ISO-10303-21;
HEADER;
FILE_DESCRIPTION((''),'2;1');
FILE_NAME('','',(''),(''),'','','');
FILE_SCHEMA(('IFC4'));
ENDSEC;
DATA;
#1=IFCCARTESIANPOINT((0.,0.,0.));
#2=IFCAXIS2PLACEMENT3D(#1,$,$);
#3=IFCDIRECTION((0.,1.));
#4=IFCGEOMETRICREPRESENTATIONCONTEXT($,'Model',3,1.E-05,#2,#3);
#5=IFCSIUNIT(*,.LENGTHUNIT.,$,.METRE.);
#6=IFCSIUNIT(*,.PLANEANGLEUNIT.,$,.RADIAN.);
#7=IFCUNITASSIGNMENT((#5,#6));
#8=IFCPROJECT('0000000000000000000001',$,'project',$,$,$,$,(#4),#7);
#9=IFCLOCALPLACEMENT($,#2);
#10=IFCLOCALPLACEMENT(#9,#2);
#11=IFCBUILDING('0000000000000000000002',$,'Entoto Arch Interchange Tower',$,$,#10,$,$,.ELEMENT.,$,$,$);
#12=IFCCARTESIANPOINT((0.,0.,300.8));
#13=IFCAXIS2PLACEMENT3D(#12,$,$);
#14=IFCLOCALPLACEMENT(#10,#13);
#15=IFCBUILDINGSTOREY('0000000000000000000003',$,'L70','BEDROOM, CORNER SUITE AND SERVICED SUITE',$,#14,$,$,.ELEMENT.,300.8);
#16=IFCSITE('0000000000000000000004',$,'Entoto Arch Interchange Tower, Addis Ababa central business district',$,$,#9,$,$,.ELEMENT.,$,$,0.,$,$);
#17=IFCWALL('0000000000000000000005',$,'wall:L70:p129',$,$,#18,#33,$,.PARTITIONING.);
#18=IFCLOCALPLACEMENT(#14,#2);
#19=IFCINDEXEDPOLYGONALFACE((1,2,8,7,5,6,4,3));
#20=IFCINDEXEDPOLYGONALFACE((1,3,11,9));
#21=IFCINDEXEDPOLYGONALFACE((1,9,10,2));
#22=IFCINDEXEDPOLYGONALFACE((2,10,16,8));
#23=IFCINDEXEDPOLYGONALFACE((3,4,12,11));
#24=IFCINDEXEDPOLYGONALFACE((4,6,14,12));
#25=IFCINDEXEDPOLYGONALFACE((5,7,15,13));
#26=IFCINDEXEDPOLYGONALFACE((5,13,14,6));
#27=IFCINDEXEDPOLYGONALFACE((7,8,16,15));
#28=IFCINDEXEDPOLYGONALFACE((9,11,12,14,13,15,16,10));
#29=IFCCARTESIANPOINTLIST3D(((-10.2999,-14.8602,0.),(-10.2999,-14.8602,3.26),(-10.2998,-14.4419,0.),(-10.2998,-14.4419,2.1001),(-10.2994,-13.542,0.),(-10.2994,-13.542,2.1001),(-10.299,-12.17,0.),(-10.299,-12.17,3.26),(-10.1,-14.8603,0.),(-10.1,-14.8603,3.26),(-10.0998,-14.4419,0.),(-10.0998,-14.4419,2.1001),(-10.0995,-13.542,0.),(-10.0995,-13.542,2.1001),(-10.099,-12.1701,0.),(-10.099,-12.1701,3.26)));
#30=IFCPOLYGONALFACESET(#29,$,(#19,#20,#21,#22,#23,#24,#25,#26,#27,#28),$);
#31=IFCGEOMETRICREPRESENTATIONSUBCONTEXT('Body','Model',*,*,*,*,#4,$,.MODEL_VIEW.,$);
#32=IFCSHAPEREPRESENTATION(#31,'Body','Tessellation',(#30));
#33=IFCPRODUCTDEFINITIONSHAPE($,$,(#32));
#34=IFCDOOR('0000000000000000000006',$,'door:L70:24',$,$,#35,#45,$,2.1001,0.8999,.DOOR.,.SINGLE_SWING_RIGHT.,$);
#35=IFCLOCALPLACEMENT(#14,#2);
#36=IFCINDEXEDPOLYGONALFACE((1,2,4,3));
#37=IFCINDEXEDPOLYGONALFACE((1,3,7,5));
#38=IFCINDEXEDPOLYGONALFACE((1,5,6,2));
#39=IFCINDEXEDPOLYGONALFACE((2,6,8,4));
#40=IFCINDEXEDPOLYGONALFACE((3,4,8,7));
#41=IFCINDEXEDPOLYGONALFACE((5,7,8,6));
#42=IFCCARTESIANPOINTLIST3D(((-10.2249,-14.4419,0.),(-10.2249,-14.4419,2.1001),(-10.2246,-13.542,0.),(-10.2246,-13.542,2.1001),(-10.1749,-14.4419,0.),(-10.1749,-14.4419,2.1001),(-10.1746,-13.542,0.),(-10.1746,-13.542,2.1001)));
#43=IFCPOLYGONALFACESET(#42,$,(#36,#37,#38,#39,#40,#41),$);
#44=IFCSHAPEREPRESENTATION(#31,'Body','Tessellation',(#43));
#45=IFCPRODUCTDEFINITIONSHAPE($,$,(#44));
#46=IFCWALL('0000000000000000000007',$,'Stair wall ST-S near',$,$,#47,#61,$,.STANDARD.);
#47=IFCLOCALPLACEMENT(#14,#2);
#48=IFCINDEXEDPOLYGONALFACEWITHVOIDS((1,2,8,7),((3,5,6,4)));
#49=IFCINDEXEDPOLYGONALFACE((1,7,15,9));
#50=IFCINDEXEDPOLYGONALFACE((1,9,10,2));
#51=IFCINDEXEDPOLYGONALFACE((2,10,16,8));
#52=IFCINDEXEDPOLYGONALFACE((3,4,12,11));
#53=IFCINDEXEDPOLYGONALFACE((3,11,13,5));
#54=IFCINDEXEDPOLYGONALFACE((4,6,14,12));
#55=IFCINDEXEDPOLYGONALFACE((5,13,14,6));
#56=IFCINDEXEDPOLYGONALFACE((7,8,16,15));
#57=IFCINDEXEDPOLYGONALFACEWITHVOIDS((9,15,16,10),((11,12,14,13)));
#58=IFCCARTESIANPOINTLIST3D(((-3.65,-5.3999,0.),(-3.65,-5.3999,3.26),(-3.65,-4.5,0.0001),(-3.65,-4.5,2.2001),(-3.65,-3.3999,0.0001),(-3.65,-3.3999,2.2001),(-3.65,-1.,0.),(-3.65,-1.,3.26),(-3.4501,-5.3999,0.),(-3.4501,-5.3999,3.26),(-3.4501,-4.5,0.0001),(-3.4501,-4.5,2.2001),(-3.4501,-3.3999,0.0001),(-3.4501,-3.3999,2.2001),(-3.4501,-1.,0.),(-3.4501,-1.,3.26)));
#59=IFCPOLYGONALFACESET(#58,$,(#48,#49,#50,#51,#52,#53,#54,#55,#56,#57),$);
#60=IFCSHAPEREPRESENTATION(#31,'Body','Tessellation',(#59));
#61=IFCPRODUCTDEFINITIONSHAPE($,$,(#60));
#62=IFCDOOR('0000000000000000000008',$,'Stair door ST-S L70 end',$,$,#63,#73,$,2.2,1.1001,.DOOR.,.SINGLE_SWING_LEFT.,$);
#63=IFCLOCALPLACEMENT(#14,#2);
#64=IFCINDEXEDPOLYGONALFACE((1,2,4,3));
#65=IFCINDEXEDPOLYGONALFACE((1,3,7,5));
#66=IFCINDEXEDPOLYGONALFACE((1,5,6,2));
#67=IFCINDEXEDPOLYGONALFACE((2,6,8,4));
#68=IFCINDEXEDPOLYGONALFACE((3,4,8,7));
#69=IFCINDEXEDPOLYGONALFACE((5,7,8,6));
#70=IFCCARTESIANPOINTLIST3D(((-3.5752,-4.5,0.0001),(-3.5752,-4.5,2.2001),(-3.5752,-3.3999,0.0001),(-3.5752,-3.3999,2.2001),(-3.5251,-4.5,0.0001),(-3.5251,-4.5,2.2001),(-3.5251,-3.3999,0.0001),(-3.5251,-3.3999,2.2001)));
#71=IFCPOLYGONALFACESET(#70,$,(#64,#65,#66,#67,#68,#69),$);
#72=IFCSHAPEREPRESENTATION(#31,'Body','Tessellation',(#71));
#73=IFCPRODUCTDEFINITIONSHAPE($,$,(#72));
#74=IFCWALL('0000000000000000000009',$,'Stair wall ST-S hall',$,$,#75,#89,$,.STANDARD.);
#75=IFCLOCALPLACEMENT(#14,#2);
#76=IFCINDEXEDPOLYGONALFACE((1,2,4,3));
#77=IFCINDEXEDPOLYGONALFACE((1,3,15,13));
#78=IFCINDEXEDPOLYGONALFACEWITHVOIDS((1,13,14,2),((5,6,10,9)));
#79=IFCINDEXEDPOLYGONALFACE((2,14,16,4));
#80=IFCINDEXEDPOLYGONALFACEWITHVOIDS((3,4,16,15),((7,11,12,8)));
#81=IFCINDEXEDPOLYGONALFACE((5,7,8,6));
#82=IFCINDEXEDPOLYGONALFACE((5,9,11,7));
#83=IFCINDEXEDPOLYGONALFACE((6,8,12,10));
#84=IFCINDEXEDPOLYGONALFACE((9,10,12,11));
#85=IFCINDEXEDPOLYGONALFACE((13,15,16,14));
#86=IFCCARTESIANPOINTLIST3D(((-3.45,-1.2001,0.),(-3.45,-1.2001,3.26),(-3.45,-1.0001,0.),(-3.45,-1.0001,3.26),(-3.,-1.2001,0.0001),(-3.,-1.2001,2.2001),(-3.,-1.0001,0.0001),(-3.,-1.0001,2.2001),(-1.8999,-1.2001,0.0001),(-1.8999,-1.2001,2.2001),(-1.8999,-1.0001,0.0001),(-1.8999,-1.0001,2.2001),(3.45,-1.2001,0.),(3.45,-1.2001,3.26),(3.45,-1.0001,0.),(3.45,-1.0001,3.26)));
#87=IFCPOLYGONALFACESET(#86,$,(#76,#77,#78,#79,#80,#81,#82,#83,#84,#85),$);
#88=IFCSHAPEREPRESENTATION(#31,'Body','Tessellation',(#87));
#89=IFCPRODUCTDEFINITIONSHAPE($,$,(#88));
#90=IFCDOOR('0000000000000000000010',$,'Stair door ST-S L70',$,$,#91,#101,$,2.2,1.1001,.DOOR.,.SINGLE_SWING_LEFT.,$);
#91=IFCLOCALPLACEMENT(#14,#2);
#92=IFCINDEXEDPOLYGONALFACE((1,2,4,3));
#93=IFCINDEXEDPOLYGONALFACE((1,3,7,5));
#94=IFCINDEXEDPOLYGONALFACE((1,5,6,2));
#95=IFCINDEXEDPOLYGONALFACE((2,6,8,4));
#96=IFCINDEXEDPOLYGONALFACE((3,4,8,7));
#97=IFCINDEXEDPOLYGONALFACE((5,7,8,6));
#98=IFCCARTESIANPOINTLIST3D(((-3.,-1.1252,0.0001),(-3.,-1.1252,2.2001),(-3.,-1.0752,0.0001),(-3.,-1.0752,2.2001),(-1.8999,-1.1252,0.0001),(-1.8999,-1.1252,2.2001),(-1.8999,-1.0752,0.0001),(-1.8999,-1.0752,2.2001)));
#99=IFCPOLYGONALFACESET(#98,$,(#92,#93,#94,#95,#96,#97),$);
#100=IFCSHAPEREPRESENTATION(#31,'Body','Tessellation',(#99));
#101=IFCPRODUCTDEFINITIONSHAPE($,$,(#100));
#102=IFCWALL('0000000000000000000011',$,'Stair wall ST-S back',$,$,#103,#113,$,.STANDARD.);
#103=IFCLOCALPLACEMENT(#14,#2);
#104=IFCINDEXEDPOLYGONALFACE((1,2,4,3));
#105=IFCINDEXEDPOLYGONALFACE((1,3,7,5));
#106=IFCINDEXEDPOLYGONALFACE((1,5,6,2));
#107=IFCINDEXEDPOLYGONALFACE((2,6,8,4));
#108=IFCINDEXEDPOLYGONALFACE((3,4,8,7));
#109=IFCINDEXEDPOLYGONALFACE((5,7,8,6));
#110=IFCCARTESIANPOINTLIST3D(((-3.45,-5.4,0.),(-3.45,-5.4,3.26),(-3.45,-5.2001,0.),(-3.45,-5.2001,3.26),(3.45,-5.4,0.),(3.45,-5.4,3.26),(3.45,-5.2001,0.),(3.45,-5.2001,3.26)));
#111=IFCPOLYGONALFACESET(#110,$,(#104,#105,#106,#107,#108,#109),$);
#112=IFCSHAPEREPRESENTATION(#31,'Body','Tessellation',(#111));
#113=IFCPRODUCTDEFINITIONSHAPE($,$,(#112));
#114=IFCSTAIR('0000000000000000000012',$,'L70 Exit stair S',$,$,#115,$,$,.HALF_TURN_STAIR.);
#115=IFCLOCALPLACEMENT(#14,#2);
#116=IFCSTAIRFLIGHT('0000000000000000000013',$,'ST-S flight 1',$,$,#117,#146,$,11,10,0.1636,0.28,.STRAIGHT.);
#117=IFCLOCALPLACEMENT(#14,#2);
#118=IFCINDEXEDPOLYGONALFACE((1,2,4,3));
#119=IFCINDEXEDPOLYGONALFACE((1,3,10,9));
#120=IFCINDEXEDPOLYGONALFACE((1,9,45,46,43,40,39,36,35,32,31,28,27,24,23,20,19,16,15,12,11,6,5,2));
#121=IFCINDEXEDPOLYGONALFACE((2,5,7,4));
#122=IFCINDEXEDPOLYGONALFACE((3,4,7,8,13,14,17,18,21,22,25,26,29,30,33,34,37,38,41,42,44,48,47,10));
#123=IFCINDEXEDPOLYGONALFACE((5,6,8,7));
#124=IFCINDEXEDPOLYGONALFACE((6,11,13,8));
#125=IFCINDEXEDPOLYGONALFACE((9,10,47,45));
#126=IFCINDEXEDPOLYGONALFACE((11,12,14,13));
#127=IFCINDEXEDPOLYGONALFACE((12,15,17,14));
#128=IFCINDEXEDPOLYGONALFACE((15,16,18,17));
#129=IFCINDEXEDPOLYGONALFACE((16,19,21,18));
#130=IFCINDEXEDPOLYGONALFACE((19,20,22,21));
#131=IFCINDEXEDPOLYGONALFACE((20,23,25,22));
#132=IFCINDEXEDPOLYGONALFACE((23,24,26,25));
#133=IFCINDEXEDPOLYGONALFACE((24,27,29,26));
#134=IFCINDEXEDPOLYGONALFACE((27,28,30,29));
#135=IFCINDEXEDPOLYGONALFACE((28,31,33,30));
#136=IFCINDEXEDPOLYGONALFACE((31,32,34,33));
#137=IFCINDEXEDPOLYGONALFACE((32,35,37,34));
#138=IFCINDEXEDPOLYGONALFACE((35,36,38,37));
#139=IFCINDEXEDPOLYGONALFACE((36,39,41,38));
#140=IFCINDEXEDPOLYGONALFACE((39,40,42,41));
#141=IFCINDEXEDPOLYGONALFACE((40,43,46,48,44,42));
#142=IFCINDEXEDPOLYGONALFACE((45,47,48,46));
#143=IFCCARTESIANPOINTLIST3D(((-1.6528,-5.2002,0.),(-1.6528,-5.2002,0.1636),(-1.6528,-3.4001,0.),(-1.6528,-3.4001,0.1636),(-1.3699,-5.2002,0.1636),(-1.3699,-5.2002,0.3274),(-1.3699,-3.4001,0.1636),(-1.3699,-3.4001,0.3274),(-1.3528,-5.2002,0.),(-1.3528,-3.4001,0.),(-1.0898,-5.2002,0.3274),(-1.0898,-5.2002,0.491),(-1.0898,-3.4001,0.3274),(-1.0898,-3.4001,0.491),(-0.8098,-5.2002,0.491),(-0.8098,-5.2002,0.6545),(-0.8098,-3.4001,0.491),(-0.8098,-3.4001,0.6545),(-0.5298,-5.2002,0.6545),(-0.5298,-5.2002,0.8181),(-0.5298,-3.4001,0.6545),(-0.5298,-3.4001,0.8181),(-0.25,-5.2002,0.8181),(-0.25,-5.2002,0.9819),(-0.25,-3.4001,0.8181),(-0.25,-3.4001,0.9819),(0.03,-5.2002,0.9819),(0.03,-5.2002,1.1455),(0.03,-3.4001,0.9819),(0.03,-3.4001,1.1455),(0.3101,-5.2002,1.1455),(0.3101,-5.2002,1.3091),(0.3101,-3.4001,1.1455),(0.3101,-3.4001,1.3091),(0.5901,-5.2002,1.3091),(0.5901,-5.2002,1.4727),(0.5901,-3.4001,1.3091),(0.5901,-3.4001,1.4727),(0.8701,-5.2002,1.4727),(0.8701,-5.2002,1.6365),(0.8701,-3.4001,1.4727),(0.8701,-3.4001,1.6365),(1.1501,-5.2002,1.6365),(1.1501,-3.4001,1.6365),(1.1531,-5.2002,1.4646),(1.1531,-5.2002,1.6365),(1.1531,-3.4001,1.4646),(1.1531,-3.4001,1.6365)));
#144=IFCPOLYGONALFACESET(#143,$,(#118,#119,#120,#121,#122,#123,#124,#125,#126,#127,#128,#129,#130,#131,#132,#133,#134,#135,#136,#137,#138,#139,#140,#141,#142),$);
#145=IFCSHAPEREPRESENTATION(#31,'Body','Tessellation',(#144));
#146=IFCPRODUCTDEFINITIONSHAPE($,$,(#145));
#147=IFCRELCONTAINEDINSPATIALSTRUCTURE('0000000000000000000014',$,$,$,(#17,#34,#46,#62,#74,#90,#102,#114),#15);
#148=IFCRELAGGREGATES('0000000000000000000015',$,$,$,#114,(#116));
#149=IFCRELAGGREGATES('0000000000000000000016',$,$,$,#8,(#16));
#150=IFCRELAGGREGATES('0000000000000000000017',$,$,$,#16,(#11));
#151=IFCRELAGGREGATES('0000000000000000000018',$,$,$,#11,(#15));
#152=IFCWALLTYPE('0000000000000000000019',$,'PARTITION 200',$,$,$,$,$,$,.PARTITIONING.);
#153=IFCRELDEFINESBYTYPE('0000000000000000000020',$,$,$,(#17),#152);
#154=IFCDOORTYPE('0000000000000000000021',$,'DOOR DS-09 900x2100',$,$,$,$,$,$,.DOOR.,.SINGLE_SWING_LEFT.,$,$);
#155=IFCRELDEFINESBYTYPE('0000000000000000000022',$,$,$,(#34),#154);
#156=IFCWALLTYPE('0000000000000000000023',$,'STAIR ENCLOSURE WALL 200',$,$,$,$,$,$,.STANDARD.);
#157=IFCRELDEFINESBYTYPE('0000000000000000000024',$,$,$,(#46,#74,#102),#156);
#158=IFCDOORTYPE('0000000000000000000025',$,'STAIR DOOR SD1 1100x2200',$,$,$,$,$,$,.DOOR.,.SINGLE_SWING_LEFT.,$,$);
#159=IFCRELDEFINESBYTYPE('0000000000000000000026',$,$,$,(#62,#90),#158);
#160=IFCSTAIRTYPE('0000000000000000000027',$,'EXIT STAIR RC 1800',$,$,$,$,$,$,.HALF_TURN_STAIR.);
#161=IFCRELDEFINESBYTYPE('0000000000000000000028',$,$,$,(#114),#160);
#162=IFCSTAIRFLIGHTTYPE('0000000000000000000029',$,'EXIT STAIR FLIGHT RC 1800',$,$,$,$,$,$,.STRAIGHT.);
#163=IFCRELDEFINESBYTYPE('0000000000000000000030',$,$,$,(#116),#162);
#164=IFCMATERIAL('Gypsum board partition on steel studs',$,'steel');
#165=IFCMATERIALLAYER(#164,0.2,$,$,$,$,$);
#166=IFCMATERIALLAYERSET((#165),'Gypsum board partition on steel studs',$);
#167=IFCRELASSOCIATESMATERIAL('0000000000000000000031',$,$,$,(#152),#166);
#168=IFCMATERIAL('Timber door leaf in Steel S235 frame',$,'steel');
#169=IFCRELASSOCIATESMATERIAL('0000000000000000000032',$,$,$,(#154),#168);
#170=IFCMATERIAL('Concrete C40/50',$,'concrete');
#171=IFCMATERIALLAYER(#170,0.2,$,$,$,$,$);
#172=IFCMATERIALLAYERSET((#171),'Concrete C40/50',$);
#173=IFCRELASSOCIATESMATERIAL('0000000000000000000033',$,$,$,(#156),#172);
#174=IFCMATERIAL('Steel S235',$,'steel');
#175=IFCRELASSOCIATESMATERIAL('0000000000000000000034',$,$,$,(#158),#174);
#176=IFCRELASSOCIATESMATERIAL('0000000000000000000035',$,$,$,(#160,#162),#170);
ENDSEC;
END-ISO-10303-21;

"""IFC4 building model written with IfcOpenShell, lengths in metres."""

from ifc_helpers import new_model, si_unit, direction, frame, frame_2d, origin, place, context, subcontext, project, spatial, polyline, rectangle, outline, extrude, material, layer, layer_set, type_object, element, fill, aggregate, save


model = new_model("IFC4")

# Units and contexts
model_context = context("Model", 3, precision=1e-05, world=origin(), true_north=direction((0.0, 1.0)))
body_context = subcontext(model_context, "Body", "Model", "MODEL_VIEW")
ifc_project = project(units=[si_unit("LENGTHUNIT", "METRE"), si_unit("PLANEANGLEUNIT", "RADIAN")], contexts=[model_context])

# Site, building, storey
site_placement = place(None, origin())
site = spatial("IfcSite", under=ifc_project, at=site_placement, Name="Entoto Arch Interchange Tower, Addis Ababa central business district", CompositionType="ELEMENT", RefElevation=0.0)
building_placement = place(site_placement, origin())
building = spatial("IfcBuilding", under=site, at=building_placement, Name="Entoto Arch Interchange Tower", CompositionType="ELEMENT")
storey_placement = place(building_placement, frame((0.0, 0.0, 300.8)))
storey = spatial("IfcBuildingStorey", under=building, at=storey_placement, Name="L70", Description="BEDROOM, CORNER SUITE AND SERVICED SUITE", CompositionType="ELEMENT", Elevation=300.8)

# Shared definitions
ifc_material_1 = material(Name="Concrete C40/50", Category="concrete")
ifc_material_2 = material(Name="Gypsum board partition on steel studs", Category="steel")
ifc_layer_1 = layer(ifc_material_2, 0.2)
ifc_layer_set_1 = layer_set([ifc_layer_1], Name="Gypsum board partition on steel studs")
wall_type_1 = type_object("IfcWallType", Name="PARTITION 200", PredefinedType="PARTITIONING", material=ifc_layer_set_1)

# Shared definitions
ifc_material_3 = material(Name="Timber door leaf in Steel S235 frame", Category="steel")

# Walls, openings, doors
wall_1_placement = place(storey_placement, frame((-10.199, -12.1699, 0.0), z_axis=(0.0, 0.0, 1.0), x_axis=(-0.000363, -1.0, 0.0)))
wall_1 = element("IfcWall", 1, at=wall_1_placement, inside=storey, type_object=wall_type_1, Name="wall:L70:p129", PredefinedType="PARTITIONING", context=body_context, shape_type="SweptSolid", body=[
    extrude(rectangle(XDim=2.6902, YDim=0.2, at=frame_2d((1.3452, 0.0))), origin(), (0.0, 0.0, 1.0), 3.26),
])
opening_1_placement = place(wall_1_placement, frame((1.3721, 0.0, 0.0)))
opening_1 = element("IfcOpeningElement", 2, at=opening_1_placement, cuts=wall_1, PredefinedType="OPENING", context=body_context, shape_type="SweptSolid", body=[
    extrude(rectangle(XDim=0.8999, YDim=2.1001, at=frame_2d((0.45, 1.05))), frame((0.0, 0.1099, 0.0), z_axis=(0.0, -1.0, 0.0), x_axis=(1.0, 0.0, 0.0)), (0.0, 0.0, 1.0), 0.22),
])
door_type_1 = type_object("IfcDoorType", Name="DOOR DS-09 900x2100", OperationType="SINGLE_SWING_LEFT", PredefinedType="DOOR", material=ifc_material_3)
door_1_placement = place(opening_1_placement, origin())
door_1 = element("IfcDoor", 3, at=door_1_placement, inside=storey, type_object=door_type_1, Name="door:L70:24", OperationType="SINGLE_SWING_RIGHT", OverallHeight=2.1001, OverallWidth=0.8999, PredefinedType="DOOR", context=body_context, shape_type="SweptSolid", body=[
    extrude(rectangle(XDim=0.8999, YDim=2.1001, at=frame_2d((0.45, 1.05))), frame((0.0, 0.0249, 0.0), z_axis=(0.0, -1.0, 0.0), x_axis=(1.0, 0.0, 0.0)), (0.0, 0.0, 1.0), 0.05),
])
fill(opening_1, door_1)
ifc_layer_2 = layer(ifc_material_1, 0.2)
ifc_layer_set_2 = layer_set([ifc_layer_2], Name="Concrete C40/50")
wall_type_2 = type_object("IfcWallType", Name="STAIR ENCLOSURE WALL 200", PredefinedType="STANDARD", material=ifc_layer_set_2)
wall_2_placement = place(storey_placement, frame((-3.55, -1.0, 0.0), z_axis=(0.0, 0.0, 1.0), x_axis=(0.0, -1.0, 0.0)))
wall_2 = element("IfcWall", 4, at=wall_2_placement, inside=storey, type_object=wall_type_2, Name="Stair wall ST-S near", PredefinedType="STANDARD", context=body_context, shape_type="SweptSolid", body=[
    extrude(rectangle(XDim=4.3999, YDim=0.2, at=frame_2d((2.2, 0.0))), origin(), (0.0, 0.0, 1.0), 3.26),
])
opening_2_placement = place(wall_2_placement, frame((2.3999, 0.0, 0.0)))
opening_2 = element("IfcOpeningElement", 5, at=opening_2_placement, cuts=wall_2, PredefinedType="OPENING", context=body_context, shape_type="SweptSolid", body=[
    extrude(rectangle(XDim=1.1001, YDim=2.2, at=frame_2d((0.55, 1.1001))), frame((0.0, 0.1099, 0.0), z_axis=(0.0, -1.0, 0.0), x_axis=(1.0, 0.0, 0.0)), (0.0, 0.0, 1.0), 0.22),
])
ifc_material_4 = material(Name="Steel S235", Category="steel")
door_type_2 = type_object("IfcDoorType", Name="STAIR DOOR SD1 1100x2200", OperationType="SINGLE_SWING_LEFT", PredefinedType="DOOR", material=ifc_material_4)
door_2_placement = place(opening_2_placement, origin())
door_2 = element("IfcDoor", 6, at=door_2_placement, inside=storey, type_object=door_type_2, Name="Stair door ST-S L70 end", OperationType="SINGLE_SWING_LEFT", OverallHeight=2.2, OverallWidth=1.1001, PredefinedType="DOOR", context=body_context, shape_type="SweptSolid", body=[
    extrude(rectangle(XDim=1.1001, YDim=2.2, at=frame_2d((0.55, 1.1001))), frame((0.0, 0.0249, 0.0), z_axis=(0.0, -1.0, 0.0), x_axis=(1.0, 0.0, 0.0)), (0.0, 0.0, 1.0), 0.05),
])
fill(opening_2, door_2)
wall_3_placement = place(storey_placement, frame((-3.45, -1.1001, 0.0), z_axis=(0.0, 0.0, 1.0), x_axis=(1.0, 0.0, 0.0)))
wall_3 = element("IfcWall", 7, at=wall_3_placement, inside=storey, type_object=wall_type_2, Name="Stair wall ST-S hall", PredefinedType="STANDARD", context=body_context, shape_type="SweptSolid", body=[
    extrude(rectangle(XDim=6.8999, YDim=0.2, at=frame_2d((3.45, 0.0))), origin(), (0.0, 0.0, 1.0), 3.26),
])
opening_3_placement = place(wall_3_placement, frame((0.45, 0.0, 0.0)))
opening_3 = element("IfcOpeningElement", 8, at=opening_3_placement, cuts=wall_3, PredefinedType="OPENING", context=body_context, shape_type="SweptSolid", body=[
    extrude(rectangle(XDim=1.1001, YDim=2.2, at=frame_2d((0.55, 1.1001))), frame((0.0, 0.1099, 0.0), z_axis=(0.0, -1.0, 0.0), x_axis=(1.0, 0.0, 0.0)), (0.0, 0.0, 1.0), 0.22),
])
door_3_placement = place(opening_3_placement, origin())
door_3 = element("IfcDoor", 9, at=door_3_placement, inside=storey, type_object=door_type_2, Name="Stair door ST-S L70", OperationType="SINGLE_SWING_LEFT", OverallHeight=2.2, OverallWidth=1.1001, PredefinedType="DOOR", context=body_context, shape_type="SweptSolid", body=[
    extrude(rectangle(XDim=1.1001, YDim=2.2, at=frame_2d((0.55, 1.1001))), frame((0.0, 0.0249, 0.0), z_axis=(0.0, -1.0, 0.0), x_axis=(1.0, 0.0, 0.0)), (0.0, 0.0, 1.0), 0.05),
])
fill(opening_3, door_3)

# Wall
wall_4_placement = place(storey_placement, frame((-3.45, -5.3, 0.0), z_axis=(0.0, 0.0, 1.0), x_axis=(1.0, 0.0, 0.0)))
element("IfcWall", 10, at=wall_4_placement, inside=storey, type_object=wall_type_2, Name="Stair wall ST-S back", PredefinedType="STANDARD", context=body_context, shape_type="SweptSolid", body=[
    extrude(rectangle(XDim=6.8999, YDim=0.2, at=frame_2d((3.45, 0.0))), origin(), (0.0, 0.0, 1.0), 3.26),
])

# Stair, stair flight
stair_type = type_object("IfcStairType", Name="EXIT STAIR RC 1800", PredefinedType="HALF_TURN_STAIR", material=ifc_material_1)
stair_placement = place(storey_placement, origin())
stair = element("IfcStair", 11, at=stair_placement, inside=storey, type_object=stair_type, Name="L70 Exit stair S", PredefinedType="HALF_TURN_STAIR")
stair_flight_type = type_object("IfcStairFlightType", Name="EXIT STAIR FLIGHT RC 1800", PredefinedType="STRAIGHT", material=ifc_material_1)
stair_flight_placement = place(storey_placement, frame((-1.6499, -4.3, 0.0), z_axis=(0.0, 0.0, 1.0), x_axis=(1.0, 0.0, 0.0)))
stair_flight = element("IfcStairFlight", 12, at=stair_flight_placement, type_object=stair_flight_type, Name="ST-S flight 1", NumberOfRisers=11, NumberOfTreads=10, PredefinedType="STRAIGHT", RiserHeight=0.1636, TreadLength=0.28, context=body_context, shape_type="SweptSolid", body=[
    extrude(outline(polyline([(-0.0029, 0.0), (-0.0029, 0.1636), (0.28, 0.1636), (0.28, 0.3274), (0.5601, 0.3274), (0.5601, 0.491), (0.8401, 0.491), (0.8401, 0.6545), (1.1201, 0.6545), (1.1201, 0.8181), (1.3999, 0.8181), (1.3999, 0.9819), (1.6799, 0.9819), (1.6799, 1.1455), (1.96, 1.1455), (1.96, 1.3091), (2.24, 1.3091), (2.24, 1.4727), (2.52, 1.4727), (2.52, 1.6365), (2.8, 1.6365), (2.803, 1.6365), (2.803, 1.4646), (0.2971, 0.0), (-0.0029, 0.0)])), frame((0.0, 0.8999, 0.0), z_axis=(0.0, -1.0, 0.0), x_axis=(1.0, 0.0, 0.0)), (0.0, 0.0, 1.0), 1.8),
])
aggregate(stair, [stair_flight])

save(model, "model.ifc")
